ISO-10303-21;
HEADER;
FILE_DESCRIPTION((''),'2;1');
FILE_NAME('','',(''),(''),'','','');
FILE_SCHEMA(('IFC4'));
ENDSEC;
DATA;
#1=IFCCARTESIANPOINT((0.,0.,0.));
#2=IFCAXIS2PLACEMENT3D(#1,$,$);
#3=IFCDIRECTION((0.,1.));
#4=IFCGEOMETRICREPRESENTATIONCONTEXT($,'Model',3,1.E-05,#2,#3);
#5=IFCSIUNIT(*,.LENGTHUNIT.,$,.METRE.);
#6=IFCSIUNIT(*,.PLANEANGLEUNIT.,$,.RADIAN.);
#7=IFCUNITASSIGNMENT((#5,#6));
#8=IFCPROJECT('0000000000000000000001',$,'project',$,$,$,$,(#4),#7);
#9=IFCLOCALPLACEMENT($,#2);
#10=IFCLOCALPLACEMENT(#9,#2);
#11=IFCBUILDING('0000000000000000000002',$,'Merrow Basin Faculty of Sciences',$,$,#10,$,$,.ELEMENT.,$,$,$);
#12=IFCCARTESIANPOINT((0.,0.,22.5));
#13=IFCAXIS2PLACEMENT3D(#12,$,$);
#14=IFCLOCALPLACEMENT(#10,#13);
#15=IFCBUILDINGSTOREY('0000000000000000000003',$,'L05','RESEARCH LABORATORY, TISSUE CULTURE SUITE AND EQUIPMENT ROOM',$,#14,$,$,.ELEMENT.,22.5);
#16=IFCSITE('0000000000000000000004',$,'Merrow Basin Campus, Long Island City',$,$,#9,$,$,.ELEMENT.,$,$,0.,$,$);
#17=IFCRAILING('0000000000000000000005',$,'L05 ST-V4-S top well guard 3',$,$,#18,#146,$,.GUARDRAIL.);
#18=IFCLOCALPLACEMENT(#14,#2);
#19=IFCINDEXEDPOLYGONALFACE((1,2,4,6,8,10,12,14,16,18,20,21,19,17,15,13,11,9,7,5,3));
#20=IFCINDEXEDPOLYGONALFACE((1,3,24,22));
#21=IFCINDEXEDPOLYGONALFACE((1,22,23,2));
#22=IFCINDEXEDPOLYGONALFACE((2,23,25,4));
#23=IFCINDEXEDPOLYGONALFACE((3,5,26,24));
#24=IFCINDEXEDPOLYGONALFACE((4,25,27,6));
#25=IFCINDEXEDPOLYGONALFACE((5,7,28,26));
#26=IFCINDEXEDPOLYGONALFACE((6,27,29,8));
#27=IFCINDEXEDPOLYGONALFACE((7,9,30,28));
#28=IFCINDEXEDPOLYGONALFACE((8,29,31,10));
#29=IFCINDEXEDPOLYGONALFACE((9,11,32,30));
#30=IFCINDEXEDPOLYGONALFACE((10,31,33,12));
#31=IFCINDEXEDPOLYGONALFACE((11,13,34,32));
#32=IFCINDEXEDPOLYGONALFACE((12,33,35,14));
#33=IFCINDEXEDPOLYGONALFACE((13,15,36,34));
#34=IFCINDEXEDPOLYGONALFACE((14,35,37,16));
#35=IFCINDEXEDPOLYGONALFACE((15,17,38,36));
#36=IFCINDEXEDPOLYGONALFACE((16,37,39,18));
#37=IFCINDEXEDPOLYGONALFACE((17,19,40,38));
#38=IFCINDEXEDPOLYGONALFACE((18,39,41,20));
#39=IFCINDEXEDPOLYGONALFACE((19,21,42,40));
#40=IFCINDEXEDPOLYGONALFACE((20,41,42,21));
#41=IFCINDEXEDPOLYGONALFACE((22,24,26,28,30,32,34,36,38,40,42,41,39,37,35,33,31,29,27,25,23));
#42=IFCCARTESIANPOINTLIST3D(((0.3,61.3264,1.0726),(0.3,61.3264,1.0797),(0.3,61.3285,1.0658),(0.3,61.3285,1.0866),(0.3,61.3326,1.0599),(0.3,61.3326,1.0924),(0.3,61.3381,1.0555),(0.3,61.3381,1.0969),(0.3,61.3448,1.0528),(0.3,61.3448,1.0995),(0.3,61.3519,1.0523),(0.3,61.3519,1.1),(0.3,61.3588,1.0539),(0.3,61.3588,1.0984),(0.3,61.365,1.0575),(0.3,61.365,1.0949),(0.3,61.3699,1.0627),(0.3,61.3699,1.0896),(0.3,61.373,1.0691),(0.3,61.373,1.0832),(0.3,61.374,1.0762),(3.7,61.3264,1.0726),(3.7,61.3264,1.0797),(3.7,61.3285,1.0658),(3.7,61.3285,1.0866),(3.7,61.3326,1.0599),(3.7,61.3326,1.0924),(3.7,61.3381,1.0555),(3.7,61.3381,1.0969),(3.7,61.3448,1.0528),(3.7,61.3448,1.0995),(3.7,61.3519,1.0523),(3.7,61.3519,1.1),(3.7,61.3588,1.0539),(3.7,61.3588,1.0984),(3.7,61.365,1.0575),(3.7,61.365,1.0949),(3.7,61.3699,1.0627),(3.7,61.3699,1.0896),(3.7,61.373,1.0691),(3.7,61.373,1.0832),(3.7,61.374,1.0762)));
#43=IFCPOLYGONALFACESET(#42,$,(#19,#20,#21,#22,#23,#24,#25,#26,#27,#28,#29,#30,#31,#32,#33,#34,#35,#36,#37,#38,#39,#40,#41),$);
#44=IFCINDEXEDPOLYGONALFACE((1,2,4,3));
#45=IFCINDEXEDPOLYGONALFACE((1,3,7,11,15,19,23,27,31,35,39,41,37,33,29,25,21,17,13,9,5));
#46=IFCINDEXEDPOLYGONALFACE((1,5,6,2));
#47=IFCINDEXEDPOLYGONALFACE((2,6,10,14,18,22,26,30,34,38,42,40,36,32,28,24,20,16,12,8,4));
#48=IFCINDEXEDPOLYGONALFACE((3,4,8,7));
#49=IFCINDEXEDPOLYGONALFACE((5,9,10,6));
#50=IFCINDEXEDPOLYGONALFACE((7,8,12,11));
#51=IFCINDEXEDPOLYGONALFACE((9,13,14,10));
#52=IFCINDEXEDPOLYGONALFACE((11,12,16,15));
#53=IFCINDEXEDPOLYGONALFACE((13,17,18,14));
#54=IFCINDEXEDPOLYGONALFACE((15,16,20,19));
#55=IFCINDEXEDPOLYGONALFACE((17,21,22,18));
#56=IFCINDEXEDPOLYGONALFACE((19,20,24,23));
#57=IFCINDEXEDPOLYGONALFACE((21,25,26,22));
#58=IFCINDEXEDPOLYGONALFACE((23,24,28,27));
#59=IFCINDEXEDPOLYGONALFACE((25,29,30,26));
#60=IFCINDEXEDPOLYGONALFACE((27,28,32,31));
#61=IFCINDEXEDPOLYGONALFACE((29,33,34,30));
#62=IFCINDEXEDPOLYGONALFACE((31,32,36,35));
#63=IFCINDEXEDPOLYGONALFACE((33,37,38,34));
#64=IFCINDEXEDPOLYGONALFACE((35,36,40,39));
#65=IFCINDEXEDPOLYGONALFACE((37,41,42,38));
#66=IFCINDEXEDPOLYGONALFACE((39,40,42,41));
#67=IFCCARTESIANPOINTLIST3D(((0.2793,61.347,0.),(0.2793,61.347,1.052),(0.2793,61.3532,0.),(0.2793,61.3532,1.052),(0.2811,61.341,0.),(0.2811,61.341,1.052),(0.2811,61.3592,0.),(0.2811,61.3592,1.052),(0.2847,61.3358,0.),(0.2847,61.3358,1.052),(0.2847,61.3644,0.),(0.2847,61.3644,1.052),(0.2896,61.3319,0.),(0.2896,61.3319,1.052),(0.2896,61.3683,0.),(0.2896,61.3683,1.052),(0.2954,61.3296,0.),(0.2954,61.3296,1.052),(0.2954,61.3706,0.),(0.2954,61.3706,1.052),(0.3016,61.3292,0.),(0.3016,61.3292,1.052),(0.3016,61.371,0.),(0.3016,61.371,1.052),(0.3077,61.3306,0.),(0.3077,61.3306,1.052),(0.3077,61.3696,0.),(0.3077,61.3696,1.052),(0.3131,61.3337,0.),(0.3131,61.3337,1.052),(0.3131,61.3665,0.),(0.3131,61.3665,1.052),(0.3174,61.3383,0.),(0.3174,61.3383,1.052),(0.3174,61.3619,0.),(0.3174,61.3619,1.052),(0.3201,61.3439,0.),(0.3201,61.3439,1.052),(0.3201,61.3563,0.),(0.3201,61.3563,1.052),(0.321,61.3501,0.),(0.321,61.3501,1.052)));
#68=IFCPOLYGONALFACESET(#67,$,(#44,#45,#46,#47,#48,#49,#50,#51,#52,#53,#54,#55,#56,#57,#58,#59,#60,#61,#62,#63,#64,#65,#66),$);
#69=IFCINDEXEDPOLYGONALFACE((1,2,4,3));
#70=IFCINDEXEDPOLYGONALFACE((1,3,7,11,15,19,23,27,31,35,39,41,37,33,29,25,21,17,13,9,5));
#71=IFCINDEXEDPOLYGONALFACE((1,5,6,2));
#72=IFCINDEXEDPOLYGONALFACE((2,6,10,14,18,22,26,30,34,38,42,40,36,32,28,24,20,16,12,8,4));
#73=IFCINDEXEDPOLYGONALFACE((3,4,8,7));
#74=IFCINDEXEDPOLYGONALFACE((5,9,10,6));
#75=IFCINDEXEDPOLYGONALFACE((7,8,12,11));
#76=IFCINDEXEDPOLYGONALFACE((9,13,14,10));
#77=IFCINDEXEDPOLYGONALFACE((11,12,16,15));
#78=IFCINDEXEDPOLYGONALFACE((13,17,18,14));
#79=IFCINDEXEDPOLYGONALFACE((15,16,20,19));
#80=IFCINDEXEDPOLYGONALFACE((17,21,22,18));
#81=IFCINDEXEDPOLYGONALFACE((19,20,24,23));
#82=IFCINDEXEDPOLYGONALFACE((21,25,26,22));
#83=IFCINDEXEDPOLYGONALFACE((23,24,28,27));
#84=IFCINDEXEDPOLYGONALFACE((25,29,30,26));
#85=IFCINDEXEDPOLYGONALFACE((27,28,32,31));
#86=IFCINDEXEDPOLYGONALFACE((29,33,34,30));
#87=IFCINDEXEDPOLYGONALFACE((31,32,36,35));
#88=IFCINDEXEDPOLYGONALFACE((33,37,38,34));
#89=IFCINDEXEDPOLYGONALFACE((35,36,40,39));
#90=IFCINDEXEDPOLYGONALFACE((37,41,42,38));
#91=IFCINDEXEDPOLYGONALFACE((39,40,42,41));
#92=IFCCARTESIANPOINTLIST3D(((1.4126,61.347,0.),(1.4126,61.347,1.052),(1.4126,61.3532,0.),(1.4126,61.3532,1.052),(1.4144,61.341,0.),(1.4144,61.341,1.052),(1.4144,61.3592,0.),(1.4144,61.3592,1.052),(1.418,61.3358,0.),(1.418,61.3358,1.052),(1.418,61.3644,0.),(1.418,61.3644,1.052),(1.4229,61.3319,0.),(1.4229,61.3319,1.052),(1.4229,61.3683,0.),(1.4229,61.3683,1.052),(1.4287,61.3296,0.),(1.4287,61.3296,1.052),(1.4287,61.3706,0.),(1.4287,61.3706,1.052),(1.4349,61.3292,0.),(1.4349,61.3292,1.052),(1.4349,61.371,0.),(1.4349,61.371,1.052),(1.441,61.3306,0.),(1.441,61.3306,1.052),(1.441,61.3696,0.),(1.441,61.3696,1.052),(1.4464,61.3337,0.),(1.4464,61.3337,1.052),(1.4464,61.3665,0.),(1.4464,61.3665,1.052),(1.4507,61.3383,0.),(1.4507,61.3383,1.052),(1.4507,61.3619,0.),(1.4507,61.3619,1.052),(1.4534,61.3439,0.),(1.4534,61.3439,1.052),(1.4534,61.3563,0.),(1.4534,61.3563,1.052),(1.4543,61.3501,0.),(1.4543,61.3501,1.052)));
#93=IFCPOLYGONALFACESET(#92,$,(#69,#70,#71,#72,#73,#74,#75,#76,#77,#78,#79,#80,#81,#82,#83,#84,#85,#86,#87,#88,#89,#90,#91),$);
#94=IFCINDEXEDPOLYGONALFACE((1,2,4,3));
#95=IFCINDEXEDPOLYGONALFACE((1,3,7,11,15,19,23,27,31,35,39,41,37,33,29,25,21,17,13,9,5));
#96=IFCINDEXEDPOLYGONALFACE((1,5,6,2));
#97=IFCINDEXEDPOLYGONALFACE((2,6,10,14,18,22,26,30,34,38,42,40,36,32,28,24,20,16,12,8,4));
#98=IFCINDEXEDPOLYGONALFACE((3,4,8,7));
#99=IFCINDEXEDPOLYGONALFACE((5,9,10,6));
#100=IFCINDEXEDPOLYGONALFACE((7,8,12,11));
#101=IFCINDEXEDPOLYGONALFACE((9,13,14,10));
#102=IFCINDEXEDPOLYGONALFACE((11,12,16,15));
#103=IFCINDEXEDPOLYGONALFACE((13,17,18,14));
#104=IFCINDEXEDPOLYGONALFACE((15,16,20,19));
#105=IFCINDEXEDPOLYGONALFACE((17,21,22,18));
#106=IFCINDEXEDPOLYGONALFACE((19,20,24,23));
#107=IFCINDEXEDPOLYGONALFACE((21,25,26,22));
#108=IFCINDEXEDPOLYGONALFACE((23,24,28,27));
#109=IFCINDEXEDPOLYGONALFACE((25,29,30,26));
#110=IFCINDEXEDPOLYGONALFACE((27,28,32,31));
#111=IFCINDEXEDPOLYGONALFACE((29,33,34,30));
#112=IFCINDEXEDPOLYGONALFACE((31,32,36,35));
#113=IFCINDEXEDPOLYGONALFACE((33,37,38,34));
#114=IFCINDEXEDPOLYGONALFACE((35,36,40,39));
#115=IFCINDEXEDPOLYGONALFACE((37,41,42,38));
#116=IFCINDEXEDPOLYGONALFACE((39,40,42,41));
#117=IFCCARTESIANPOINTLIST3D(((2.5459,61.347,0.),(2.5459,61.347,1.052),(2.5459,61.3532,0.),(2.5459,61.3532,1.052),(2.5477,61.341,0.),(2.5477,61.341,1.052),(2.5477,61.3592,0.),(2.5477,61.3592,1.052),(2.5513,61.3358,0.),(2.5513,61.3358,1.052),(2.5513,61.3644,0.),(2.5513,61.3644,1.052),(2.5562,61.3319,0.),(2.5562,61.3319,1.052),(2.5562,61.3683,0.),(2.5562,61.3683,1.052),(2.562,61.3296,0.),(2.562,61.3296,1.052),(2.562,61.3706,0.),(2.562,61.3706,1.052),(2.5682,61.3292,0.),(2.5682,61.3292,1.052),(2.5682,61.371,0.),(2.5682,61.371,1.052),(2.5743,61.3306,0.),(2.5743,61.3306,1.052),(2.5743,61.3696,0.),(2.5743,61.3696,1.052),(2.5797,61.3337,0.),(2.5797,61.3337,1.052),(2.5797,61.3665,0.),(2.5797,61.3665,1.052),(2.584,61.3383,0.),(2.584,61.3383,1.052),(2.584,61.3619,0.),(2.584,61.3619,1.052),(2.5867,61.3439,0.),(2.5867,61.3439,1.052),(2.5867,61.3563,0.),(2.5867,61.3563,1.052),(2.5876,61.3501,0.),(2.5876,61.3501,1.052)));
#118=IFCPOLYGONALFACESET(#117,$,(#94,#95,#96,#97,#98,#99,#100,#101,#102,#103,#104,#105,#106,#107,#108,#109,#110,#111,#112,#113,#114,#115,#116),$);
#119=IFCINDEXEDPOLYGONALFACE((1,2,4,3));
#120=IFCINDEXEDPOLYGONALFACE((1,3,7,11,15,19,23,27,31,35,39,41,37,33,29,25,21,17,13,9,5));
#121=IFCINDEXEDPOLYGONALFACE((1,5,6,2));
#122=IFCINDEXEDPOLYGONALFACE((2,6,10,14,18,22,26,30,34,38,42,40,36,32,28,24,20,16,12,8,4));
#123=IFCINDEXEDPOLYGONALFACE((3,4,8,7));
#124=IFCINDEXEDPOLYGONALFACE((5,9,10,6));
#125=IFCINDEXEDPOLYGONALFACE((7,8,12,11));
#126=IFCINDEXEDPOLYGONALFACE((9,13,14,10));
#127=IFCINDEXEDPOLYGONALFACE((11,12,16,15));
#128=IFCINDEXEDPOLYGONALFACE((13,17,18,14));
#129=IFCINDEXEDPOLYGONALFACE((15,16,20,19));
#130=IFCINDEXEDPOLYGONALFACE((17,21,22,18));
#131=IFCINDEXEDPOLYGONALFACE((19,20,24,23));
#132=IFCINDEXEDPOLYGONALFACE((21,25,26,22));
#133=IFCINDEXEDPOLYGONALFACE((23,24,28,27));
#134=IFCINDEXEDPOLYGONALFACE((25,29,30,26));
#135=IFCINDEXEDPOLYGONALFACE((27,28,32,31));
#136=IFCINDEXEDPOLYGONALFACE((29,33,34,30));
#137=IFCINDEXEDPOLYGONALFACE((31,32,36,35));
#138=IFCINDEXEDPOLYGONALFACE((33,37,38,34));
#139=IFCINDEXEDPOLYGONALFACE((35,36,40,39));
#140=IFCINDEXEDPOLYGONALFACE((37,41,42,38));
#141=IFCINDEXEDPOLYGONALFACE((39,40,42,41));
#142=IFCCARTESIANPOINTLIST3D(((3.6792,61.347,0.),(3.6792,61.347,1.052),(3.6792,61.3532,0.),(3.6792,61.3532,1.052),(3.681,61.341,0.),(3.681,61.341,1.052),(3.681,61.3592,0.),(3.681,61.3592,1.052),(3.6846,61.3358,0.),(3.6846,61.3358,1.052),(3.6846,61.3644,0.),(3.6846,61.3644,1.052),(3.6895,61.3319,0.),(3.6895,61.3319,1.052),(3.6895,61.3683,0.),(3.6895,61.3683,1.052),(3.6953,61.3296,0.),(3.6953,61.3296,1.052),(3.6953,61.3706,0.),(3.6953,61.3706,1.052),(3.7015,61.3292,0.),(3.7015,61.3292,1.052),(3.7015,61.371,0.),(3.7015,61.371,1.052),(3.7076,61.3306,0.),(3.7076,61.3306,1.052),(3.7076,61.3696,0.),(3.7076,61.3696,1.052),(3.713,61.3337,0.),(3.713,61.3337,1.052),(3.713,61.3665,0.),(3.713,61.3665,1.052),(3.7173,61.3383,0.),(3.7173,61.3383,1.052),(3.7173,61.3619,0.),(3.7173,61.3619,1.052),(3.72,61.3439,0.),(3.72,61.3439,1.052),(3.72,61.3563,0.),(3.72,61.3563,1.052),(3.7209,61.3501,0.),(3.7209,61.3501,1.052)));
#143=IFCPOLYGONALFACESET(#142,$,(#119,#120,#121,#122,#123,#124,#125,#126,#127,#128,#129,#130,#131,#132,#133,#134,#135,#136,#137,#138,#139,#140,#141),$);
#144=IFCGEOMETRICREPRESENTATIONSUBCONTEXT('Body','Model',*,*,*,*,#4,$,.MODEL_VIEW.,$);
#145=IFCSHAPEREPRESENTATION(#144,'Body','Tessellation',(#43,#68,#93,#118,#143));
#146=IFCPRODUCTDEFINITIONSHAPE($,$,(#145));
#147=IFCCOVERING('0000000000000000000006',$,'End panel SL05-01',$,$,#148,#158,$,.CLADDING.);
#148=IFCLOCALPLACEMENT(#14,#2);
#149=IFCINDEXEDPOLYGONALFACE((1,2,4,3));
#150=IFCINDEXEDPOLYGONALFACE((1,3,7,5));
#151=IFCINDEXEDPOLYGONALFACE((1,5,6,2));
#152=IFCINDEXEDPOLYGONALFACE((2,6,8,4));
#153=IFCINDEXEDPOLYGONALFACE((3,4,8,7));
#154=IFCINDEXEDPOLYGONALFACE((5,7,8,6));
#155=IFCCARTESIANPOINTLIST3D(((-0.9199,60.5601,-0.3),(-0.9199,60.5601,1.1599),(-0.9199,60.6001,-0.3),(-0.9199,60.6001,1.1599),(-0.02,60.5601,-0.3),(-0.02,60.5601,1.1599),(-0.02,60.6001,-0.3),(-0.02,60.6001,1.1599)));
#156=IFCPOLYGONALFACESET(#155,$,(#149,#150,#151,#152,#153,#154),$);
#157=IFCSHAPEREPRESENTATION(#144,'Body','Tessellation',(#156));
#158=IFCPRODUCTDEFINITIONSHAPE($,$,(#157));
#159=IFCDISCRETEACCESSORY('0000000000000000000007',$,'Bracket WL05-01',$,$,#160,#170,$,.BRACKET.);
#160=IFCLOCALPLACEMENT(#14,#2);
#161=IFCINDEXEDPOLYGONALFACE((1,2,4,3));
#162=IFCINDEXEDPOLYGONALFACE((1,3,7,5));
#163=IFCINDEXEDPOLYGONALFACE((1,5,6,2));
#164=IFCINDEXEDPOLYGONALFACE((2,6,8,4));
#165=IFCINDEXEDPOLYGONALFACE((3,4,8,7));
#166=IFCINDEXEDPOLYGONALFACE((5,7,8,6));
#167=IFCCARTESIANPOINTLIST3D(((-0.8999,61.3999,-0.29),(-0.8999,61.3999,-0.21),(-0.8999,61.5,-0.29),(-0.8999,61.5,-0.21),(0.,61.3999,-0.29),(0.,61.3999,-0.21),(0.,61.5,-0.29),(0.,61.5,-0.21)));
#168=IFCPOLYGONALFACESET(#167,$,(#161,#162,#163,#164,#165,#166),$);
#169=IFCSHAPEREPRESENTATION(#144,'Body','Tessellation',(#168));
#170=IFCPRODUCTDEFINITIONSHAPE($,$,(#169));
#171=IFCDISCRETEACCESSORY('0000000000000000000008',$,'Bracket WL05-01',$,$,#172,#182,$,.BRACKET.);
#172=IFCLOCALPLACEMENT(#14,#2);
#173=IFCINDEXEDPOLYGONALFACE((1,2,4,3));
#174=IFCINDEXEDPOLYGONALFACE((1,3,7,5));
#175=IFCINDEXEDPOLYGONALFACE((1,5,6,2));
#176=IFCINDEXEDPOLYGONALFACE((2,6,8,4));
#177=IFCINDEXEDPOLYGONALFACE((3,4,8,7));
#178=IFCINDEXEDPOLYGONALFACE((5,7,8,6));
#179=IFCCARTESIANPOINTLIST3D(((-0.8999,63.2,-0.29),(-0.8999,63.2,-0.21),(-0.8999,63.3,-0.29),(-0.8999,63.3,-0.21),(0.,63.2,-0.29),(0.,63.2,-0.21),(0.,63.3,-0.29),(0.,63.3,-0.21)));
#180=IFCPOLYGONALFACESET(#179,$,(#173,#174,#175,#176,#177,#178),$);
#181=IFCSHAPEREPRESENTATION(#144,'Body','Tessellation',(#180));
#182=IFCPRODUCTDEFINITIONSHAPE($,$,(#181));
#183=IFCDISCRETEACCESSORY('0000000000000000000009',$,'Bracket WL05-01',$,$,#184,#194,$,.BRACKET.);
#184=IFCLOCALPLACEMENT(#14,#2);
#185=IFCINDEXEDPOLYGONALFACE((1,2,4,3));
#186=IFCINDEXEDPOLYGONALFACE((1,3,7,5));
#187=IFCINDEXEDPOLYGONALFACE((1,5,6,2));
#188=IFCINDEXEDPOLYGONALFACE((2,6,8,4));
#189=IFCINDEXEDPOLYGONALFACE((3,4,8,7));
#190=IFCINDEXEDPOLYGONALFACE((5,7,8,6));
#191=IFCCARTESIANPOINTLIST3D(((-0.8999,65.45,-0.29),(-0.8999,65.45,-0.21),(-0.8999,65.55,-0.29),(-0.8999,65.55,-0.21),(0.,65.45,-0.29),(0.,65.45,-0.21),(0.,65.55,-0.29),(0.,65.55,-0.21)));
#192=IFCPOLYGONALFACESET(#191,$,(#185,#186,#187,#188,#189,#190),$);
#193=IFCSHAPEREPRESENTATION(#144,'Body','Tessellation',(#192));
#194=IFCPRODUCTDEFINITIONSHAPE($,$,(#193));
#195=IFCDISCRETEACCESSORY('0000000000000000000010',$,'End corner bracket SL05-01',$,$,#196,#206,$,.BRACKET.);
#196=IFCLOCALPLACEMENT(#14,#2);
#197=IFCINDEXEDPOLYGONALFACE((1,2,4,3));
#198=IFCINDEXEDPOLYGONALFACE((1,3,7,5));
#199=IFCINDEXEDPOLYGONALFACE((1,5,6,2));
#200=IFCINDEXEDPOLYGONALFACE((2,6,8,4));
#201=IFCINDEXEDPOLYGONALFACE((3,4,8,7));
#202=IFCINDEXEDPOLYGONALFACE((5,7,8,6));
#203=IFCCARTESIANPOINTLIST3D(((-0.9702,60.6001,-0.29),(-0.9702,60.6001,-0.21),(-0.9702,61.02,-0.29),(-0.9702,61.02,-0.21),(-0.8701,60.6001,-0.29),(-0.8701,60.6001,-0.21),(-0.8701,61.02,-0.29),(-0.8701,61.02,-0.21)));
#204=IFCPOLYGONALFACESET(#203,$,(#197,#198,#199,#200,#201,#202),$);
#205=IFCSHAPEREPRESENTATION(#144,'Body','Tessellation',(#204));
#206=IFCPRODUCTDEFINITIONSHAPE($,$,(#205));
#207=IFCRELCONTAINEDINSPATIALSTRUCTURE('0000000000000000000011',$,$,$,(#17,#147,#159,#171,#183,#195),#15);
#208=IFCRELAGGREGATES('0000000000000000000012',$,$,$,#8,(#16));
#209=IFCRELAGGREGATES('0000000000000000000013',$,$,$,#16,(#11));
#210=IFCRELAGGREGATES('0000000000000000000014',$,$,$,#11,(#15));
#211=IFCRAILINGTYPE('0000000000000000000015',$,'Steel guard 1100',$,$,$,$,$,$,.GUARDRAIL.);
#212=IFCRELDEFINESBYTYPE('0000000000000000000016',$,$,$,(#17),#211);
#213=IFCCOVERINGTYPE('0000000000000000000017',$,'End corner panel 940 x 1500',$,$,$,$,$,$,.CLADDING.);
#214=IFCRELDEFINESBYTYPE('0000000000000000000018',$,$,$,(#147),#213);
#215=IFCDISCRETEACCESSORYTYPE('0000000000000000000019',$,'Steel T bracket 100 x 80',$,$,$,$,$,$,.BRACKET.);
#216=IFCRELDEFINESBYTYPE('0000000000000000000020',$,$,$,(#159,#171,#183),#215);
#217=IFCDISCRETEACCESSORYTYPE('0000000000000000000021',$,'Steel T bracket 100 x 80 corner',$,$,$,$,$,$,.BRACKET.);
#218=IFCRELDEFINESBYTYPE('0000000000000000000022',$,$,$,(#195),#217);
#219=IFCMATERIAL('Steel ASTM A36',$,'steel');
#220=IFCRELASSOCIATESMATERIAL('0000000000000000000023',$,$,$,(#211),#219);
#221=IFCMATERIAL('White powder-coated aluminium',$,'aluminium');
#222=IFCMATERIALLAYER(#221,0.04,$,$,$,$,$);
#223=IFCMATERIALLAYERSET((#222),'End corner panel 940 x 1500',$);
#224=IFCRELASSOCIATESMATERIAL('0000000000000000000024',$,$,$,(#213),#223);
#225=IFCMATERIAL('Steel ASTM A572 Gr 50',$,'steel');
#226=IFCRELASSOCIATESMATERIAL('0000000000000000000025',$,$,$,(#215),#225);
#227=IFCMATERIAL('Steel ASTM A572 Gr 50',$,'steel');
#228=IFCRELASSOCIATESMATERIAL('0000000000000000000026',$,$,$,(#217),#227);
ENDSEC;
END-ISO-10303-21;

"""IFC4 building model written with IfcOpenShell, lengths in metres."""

from ifc_helpers import new_model, si_unit, direction, frame, origin, origin_2d, place, context, subcontext, project, spatial, polyline, circle, outline, extrude, source, transform, mapped, material, layer, layer_set, type_object, element, save


model = new_model("IFC4")

# Units and contexts
model_context = context("Model", 3, precision=1e-05, world=origin(), true_north=direction((0.0, 1.0)))
body_context = subcontext(model_context, "Body", "Model", "MODEL_VIEW")
ifc_project = project(units=[si_unit("LENGTHUNIT", "METRE"), si_unit("PLANEANGLEUNIT", "RADIAN")], contexts=[model_context])

# Site, building, storey
site_placement = place(None, origin())
site = spatial("IfcSite", under=ifc_project, at=site_placement, Name="Merrow Basin Campus, Long Island City", CompositionType="ELEMENT", RefElevation=0.0)
building_placement = place(site_placement, origin())
building = spatial("IfcBuilding", under=site, at=building_placement, Name="Merrow Basin Faculty of Sciences", CompositionType="ELEMENT")
storey_placement = place(building_placement, frame((0.0, 0.0, 22.5)))
storey = spatial("IfcBuildingStorey", under=building, at=storey_placement, Name="L05", Description="RESEARCH LABORATORY, TISSUE CULTURE SUITE AND EQUIPMENT ROOM", CompositionType="ELEMENT", Elevation=22.5)

# Railing
ifc_material_1 = material(Name="Steel ASTM A36", Category="steel")
railing_type = type_object("IfcRailingType", Name="Steel guard 1100", PredefinedType="GUARDRAIL", material=ifc_material_1)
railing_1_placement = place(storey_placement, frame((0.3, 61.3501, 0.0)))
element("IfcRailing", 1, at=railing_1_placement, inside=storey, type_object=railing_type, Name="L05 ST-V4-S top well guard 3", PredefinedType="GUARDRAIL", context=body_context, shape_type="SweptSolid", body=[
    extrude(circle(Radius=0.0239, at=origin_2d()), frame((0.0, 0.0, 1.0762), z_axis=(1.0, 0.0, 0.0), x_axis=(0.0, 1.0, 0.0)), (0.0, 0.0, 1.0), 3.3999),
    extrude(circle(Radius=0.021, at=origin_2d()), origin(), (0.0, 0.0, 1.0), 1.052),
    extrude(circle(Radius=0.021, at=origin_2d()), frame((1.1333, 0.0, 0.0)), (0.0, 0.0, 1.0), 1.052),
    extrude(circle(Radius=0.021, at=origin_2d()), frame((2.2666, 0.0, 0.0)), (0.0, 0.0, 1.0), 1.052),
    extrude(circle(Radius=0.021, at=origin_2d()), frame((3.3999, 0.0, 0.0)), (0.0, 0.0, 1.0), 1.052),
])

# Covering
ifc_material_2 = material(Name="White powder-coated aluminium", Category="aluminium")
ifc_layer_1 = layer(ifc_material_2, 0.04)
ifc_layer_set_1 = layer_set([ifc_layer_1], Name="End corner panel 940 x 1500")
covering_type_1 = type_object("IfcCoveringType", Name="End corner panel 940 x 1500", PredefinedType="CLADDING", material=ifc_layer_set_1)
shared_shape_1 = source(origin(), body_context, "Body", "SweptSolid", [
    extrude(outline(polyline([(0.02, 0.02), (0.9199, 0.02), (0.9199, 1.48), (0.02, 1.48), (0.02, 0.02)])), origin(), (0.0, 0.0, 1.0), 0.04),
])
covering_1_placement = place(storey_placement, frame((0.0, 60.5601, -0.3201), z_axis=(0.0, 1.0, 0.0), x_axis=(-1.0, 0.0, 0.0)))
element("IfcCovering", 2, at=covering_1_placement, inside=storey, type_object=covering_type_1, Name="End panel SL05-01", PredefinedType="CLADDING", context=body_context, shape_type="MappedRepresentation", body=[
    mapped(shared_shape_1, transform((0.0, 0.0, 0.0), scale=1.0)),
])

# Discrete accessories
ifc_material_3 = material(Name="Steel ASTM A572 Gr 50", Category="steel")
discrete_accessory_type_1 = type_object("IfcDiscreteAccessoryType", Name="Steel T bracket 100 x 80", PredefinedType="BRACKET", material=ifc_material_3)
shared_shape_2 = source(origin(), body_context, "Body", "SweptSolid", [
    extrude(outline(polyline([(0.0, 0.0), (0.1001, 0.0), (0.1001, 0.0801), (0.0, 0.0801), (0.0, 0.0)])), origin(), (0.0, 0.0, 1.0), 0.8999),
])
for number, where, z_axis, x_axis, name in (
    (3, (-0.8999, 61.3999, -0.29), (1.0, 0.0, 0.0), (0.0, 1.0, 0.0), "Bracket WL05-01"),
    (4, (-0.8999, 63.2, -0.29), (1.0, 0.0, 0.0), (0.0, 1.0, 0.0), "Bracket WL05-01"),
    (5, (-0.8999, 65.45, -0.29), (1.0, 0.0, 0.0), (0.0, 1.0, 0.0), "Bracket WL05-01"),
):
    element("IfcDiscreteAccessory", number, at=place(storey_placement, frame(where, z_axis=z_axis, x_axis=x_axis)), inside=storey, type_object=discrete_accessory_type_1, Name=name, PredefinedType="BRACKET", context=body_context, shape_type="MappedRepresentation", body=[
        mapped(shared_shape_2, transform((0.0, 0.0, 0.0), scale=1.0)),
    ])
ifc_material_4 = material(Name="Steel ASTM A572 Gr 50", Category="steel")
discrete_accessory_type_2 = type_object("IfcDiscreteAccessoryType", Name="Steel T bracket 100 x 80 corner", PredefinedType="BRACKET", material=ifc_material_4)
shared_shape_3 = source(origin(), body_context, "Body", "SweptSolid", [
    extrude(outline(polyline([(0.0, 0.0), (0.1001, 0.0), (0.1001, 0.0801), (0.0, 0.0801), (0.0, 0.0)])), origin(), (0.0, 0.0, 1.0), 0.4199),
])
discrete_accessory_placement = place(storey_placement, frame((-0.8701, 60.6001, -0.29), z_axis=(0.0, 1.0, 0.0), x_axis=(-1.0, 0.0, 0.0)))
element("IfcDiscreteAccessory", 6, at=discrete_accessory_placement, inside=storey, type_object=discrete_accessory_type_2, Name="End corner bracket SL05-01", PredefinedType="BRACKET", context=body_context, shape_type="MappedRepresentation", body=[
    mapped(shared_shape_3, transform((0.0, 0.0, 0.0), scale=1.0)),
])

save(model, "model.ifc")
